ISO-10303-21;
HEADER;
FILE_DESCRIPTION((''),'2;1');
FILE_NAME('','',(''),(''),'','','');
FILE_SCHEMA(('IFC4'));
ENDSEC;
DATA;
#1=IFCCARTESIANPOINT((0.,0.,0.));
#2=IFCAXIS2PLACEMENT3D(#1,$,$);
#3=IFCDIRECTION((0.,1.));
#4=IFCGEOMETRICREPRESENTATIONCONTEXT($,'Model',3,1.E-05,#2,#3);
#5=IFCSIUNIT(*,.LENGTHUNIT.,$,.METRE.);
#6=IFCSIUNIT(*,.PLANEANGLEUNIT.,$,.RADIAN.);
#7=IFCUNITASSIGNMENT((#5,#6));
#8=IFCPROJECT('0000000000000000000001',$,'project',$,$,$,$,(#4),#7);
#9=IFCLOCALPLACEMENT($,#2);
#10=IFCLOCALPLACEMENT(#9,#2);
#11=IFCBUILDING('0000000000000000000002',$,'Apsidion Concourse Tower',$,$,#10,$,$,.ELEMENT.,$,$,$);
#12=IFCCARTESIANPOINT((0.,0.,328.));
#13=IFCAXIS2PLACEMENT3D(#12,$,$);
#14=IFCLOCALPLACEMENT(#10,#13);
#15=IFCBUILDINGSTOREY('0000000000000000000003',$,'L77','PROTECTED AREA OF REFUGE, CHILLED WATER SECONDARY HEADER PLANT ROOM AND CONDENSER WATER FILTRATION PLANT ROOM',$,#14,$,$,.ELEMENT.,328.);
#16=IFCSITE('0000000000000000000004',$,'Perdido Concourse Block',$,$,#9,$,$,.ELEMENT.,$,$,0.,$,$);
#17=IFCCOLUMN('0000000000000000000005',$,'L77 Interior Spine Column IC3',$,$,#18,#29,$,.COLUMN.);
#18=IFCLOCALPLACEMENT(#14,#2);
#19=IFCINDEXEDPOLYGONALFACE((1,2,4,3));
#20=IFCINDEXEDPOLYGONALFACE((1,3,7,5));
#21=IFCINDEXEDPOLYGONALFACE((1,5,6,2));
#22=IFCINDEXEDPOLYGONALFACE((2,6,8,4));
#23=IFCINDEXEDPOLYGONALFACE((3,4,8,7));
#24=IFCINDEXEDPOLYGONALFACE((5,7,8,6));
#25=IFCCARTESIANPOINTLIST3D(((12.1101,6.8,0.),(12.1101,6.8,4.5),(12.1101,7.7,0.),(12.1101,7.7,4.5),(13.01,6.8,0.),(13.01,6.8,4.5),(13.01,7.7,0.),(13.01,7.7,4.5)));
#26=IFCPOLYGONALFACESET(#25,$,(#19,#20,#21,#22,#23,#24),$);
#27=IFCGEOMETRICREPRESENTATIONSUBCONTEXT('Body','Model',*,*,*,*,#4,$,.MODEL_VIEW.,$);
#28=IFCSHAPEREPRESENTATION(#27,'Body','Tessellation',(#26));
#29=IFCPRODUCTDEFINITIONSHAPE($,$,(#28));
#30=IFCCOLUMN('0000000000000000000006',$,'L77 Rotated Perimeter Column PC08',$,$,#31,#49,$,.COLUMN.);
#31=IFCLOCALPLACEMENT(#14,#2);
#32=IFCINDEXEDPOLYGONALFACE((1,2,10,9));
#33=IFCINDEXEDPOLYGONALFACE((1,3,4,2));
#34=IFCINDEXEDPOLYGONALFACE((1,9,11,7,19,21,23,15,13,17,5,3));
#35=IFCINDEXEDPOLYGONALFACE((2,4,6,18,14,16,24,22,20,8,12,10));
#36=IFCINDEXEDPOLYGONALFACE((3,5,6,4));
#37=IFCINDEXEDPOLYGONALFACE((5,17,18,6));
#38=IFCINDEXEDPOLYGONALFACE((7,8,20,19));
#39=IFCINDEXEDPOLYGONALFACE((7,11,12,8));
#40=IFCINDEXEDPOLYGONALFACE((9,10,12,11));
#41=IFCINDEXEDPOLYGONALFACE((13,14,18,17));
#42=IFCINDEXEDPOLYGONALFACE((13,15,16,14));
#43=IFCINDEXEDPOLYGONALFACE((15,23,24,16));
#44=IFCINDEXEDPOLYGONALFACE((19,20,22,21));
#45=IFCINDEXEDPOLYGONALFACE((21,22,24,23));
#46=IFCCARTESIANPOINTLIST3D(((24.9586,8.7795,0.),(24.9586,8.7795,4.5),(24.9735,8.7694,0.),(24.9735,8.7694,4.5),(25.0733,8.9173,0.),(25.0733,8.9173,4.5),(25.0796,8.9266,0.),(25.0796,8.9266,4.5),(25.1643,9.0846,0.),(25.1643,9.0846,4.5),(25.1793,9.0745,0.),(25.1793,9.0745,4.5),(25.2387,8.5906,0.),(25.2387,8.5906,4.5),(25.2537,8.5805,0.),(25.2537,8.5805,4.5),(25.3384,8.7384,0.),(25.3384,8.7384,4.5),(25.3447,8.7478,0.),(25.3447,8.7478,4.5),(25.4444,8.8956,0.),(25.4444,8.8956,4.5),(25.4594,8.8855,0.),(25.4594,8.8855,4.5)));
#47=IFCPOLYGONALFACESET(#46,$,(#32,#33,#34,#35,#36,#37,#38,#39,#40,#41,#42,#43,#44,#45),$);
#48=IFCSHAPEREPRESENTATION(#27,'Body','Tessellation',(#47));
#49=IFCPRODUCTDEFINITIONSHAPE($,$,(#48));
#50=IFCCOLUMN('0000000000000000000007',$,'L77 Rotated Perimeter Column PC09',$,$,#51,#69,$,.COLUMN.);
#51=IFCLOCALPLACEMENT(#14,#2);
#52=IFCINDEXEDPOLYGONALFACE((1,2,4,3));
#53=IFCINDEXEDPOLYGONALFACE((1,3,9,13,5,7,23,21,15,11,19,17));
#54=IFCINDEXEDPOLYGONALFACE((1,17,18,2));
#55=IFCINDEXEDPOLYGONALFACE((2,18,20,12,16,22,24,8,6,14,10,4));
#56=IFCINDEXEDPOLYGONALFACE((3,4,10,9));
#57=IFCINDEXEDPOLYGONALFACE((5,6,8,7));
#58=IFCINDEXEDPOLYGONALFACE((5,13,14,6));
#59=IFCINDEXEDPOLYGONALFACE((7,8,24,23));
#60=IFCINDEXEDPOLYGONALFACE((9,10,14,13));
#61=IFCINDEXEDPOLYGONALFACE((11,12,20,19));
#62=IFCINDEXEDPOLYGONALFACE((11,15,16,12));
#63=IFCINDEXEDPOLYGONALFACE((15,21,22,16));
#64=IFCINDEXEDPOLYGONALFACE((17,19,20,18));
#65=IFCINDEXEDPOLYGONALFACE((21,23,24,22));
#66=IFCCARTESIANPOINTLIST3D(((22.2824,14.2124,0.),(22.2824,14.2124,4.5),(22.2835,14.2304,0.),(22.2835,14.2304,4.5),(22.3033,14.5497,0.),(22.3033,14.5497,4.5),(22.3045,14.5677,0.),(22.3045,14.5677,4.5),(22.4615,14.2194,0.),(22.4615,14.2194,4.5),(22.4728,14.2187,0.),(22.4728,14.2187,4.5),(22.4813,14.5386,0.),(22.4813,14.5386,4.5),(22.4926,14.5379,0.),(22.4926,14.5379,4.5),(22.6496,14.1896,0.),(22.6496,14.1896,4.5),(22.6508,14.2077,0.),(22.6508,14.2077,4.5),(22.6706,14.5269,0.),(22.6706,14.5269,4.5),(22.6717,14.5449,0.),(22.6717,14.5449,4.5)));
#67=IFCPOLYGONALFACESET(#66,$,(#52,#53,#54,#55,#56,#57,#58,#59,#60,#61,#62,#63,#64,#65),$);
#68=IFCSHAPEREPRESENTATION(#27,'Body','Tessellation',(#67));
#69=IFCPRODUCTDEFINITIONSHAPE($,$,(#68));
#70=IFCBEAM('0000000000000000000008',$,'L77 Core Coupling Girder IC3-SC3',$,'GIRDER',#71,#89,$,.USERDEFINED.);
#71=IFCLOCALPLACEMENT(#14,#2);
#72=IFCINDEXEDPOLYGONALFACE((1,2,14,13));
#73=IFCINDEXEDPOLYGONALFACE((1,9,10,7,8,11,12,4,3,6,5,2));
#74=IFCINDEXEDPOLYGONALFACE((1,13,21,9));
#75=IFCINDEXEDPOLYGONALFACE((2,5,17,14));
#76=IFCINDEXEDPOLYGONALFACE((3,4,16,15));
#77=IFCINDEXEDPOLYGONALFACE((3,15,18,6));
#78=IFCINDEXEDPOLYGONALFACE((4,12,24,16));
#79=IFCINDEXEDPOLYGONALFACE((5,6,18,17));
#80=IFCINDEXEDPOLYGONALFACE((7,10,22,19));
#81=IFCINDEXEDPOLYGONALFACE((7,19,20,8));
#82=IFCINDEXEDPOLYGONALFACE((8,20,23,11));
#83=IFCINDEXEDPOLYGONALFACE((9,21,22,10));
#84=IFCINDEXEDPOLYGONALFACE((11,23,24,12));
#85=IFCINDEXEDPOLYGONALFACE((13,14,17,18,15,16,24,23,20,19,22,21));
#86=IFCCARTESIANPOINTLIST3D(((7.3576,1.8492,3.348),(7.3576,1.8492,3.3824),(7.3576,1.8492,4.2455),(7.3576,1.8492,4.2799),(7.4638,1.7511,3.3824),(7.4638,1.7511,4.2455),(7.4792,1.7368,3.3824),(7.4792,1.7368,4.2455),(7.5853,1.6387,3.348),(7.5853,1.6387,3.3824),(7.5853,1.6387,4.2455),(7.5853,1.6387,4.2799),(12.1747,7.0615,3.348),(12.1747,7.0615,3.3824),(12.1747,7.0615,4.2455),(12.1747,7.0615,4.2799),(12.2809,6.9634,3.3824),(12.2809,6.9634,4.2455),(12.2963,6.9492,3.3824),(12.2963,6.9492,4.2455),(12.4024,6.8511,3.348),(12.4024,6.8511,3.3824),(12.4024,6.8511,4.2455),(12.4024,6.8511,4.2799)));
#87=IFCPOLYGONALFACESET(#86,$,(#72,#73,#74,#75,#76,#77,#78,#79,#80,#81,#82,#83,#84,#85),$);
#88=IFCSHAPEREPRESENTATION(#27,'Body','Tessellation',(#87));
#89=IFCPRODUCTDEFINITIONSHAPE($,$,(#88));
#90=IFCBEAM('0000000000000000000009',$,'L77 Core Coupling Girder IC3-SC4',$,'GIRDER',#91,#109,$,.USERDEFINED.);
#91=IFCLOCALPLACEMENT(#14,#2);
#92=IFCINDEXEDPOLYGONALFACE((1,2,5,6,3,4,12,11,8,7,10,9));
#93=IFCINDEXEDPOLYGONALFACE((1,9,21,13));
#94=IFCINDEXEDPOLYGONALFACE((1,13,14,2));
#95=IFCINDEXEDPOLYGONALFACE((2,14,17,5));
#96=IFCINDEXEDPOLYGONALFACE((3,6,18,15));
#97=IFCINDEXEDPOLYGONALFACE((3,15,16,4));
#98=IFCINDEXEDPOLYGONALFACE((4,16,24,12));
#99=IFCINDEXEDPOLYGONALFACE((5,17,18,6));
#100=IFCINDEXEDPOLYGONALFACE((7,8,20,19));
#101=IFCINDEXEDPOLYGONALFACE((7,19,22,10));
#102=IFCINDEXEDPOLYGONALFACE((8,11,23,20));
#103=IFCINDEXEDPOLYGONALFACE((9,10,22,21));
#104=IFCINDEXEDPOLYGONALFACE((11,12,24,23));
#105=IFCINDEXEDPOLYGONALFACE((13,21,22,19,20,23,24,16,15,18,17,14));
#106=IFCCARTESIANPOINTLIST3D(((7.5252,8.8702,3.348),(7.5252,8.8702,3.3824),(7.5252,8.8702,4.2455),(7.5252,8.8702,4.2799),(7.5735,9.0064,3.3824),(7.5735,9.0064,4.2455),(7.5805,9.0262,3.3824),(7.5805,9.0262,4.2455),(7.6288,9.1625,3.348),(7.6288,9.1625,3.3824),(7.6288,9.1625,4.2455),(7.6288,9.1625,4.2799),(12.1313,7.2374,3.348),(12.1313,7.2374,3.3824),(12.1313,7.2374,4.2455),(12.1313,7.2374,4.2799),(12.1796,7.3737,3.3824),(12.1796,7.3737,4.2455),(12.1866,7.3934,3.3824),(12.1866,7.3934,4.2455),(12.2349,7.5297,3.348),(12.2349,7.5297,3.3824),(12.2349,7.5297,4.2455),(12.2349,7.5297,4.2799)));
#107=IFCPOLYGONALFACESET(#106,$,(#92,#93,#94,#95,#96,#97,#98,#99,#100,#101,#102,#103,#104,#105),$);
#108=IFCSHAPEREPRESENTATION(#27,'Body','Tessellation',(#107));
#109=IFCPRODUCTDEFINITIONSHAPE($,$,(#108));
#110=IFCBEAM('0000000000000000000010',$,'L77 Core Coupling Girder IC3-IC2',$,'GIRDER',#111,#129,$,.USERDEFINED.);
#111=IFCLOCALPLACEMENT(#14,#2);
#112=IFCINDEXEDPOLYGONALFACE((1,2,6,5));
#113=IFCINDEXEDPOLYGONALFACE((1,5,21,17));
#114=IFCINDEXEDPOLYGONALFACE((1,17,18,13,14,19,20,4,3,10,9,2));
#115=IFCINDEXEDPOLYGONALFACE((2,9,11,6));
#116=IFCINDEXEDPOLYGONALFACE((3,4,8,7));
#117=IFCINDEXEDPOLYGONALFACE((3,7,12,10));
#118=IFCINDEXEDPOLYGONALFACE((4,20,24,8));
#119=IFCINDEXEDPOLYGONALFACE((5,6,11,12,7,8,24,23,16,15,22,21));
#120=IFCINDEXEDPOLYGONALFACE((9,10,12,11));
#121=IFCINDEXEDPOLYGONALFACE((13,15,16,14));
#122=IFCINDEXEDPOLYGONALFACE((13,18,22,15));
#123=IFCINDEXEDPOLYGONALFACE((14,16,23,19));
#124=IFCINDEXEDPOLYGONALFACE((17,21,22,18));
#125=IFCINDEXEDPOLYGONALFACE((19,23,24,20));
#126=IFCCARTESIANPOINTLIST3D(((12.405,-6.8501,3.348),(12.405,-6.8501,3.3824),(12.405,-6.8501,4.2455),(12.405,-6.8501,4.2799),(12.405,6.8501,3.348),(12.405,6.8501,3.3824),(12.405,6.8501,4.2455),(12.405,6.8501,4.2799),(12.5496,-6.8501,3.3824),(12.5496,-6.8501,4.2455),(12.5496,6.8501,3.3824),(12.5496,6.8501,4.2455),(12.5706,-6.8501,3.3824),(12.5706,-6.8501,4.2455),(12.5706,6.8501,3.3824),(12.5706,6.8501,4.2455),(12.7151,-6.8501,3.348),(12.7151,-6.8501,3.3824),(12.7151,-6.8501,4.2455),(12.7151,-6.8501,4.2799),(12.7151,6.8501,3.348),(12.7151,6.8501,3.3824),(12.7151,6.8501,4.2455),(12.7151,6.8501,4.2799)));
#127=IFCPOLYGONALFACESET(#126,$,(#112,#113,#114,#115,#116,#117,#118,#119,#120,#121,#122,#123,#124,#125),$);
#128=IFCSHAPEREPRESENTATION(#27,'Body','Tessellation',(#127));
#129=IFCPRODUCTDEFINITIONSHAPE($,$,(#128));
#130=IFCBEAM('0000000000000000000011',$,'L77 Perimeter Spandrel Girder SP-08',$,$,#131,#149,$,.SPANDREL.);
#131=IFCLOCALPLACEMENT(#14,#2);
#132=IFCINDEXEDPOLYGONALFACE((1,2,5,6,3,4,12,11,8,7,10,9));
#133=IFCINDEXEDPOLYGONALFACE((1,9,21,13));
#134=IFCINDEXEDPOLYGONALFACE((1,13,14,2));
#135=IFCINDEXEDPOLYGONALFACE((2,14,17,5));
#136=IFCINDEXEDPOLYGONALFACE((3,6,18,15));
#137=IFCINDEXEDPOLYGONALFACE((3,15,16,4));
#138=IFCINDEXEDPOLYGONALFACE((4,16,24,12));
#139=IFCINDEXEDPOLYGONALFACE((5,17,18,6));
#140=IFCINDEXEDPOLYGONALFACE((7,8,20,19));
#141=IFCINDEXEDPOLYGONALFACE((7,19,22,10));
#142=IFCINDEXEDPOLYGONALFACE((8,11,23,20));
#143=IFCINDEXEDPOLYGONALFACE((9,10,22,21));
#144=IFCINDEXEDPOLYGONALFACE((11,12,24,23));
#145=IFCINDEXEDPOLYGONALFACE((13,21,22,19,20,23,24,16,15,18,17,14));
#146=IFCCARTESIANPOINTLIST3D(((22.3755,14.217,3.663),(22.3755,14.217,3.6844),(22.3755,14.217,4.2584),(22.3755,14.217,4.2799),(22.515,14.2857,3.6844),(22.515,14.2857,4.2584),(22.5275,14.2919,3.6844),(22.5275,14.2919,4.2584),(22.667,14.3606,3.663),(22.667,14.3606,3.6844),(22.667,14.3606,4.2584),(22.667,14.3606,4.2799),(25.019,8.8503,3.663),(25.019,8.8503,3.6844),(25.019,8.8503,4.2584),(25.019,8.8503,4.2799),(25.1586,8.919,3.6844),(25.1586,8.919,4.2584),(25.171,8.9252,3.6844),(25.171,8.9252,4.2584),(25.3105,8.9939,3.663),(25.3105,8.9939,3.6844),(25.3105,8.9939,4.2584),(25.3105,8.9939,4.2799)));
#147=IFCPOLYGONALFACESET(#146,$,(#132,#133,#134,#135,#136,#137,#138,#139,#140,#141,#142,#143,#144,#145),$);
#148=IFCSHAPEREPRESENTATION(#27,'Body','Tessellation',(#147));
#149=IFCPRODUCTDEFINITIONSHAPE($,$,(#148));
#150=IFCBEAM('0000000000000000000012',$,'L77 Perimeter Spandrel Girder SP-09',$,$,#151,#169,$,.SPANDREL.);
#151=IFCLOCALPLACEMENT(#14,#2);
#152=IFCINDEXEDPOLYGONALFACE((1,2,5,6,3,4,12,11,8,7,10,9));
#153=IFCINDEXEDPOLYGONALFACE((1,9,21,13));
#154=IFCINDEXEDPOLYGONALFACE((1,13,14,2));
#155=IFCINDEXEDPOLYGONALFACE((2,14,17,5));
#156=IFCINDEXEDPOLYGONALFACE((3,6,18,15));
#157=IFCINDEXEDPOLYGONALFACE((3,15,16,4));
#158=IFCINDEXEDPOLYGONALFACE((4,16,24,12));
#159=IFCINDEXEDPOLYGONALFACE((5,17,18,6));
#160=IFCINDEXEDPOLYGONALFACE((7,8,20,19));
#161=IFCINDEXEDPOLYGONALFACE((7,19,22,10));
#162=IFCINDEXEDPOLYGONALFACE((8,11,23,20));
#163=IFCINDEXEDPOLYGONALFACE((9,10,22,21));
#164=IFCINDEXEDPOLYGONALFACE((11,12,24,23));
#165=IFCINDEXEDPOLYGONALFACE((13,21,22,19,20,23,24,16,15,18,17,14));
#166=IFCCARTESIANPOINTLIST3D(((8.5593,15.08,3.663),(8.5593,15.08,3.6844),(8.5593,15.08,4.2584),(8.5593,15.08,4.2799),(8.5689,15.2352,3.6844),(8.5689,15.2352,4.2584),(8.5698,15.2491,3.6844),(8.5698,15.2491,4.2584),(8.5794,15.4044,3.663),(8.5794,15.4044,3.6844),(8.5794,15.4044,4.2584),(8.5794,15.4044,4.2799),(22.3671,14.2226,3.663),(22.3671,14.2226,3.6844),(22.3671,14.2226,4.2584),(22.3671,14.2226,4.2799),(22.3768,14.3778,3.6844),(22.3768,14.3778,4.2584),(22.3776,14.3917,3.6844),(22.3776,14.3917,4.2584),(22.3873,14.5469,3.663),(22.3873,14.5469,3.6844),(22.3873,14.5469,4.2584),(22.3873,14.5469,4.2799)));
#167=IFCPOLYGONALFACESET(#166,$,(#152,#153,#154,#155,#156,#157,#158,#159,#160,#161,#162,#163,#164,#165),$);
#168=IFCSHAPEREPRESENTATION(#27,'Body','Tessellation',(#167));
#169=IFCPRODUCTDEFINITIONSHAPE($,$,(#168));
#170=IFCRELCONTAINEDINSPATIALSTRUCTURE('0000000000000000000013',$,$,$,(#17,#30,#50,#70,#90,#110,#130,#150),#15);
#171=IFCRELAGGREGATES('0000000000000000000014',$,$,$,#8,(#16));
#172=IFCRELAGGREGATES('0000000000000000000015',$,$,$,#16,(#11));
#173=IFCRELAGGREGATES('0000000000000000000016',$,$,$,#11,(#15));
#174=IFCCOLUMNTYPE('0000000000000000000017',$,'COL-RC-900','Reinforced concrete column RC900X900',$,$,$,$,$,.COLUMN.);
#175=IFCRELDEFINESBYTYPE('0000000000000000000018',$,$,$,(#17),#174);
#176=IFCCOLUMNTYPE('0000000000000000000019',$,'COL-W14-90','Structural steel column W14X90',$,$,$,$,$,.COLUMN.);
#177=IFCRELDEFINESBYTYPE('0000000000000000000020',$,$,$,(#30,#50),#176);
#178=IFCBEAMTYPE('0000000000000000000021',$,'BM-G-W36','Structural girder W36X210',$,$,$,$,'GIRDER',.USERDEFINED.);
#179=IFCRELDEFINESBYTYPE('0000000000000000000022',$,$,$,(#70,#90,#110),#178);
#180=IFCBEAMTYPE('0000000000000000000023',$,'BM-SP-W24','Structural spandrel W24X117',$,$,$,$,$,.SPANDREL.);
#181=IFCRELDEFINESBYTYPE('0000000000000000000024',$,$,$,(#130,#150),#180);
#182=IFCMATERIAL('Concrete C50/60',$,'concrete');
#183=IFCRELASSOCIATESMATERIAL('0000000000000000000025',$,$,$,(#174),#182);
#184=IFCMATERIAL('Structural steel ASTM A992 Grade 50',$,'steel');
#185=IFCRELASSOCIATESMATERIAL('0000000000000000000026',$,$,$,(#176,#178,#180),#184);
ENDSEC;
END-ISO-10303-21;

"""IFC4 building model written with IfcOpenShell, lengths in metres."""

from ifc_helpers import new_model, si_unit, direction, frame, origin, origin_2d, place, context, subcontext, project, spatial, rectangle, i_section, extrude, material, material_profile, profile_set, type_object, element, save


model = new_model("IFC4")

# Units and contexts
model_context = context("Model", 3, precision=1e-05, world=origin(), true_north=direction((0.0, 1.0)))
body_context = subcontext(model_context, "Body", "Model", "MODEL_VIEW")
ifc_project = project(units=[si_unit("LENGTHUNIT", "METRE"), si_unit("PLANEANGLEUNIT", "RADIAN")], contexts=[model_context])

# Site, building, storey
site_placement = place(None, origin())
site = spatial("IfcSite", under=ifc_project, at=site_placement, Name="Perdido Concourse Block", CompositionType="ELEMENT", RefElevation=0.0)
building_placement = place(site_placement, origin())
building = spatial("IfcBuilding", under=site, at=building_placement, Name="Apsidion Concourse Tower", CompositionType="ELEMENT")
storey_placement = place(building_placement, frame((0.0, 0.0, 328.0)))
storey = spatial("IfcBuildingStorey", under=building, at=storey_placement, Name="L77", Description="PROTECTED AREA OF REFUGE, CHILLED WATER SECONDARY HEADER PLANT ROOM AND CONDENSER WATER FILTRATION PLANT ROOM", CompositionType="ELEMENT", Elevation=328.0)

# Columns
ifc_material_1 = material(Name="Concrete C50/60", Category="concrete")
ifc_material_profile_1 = material_profile(ifc_material_1, rectangle(XDim=0.8999, YDim=0.8999, at=origin_2d()), Name="RC 900x900")
ifc_profile_set_1 = profile_set([ifc_material_profile_1], Name="Concrete C50/60")
column_type_1 = type_object("IfcColumnType", Name="COL-RC-900", Description="Reinforced concrete column RC900X900", PredefinedType="COLUMN", material=ifc_profile_set_1)
column_placement = place(storey_placement, frame((12.5601, 7.25, 0.0), z_axis=(0.0, 0.0, 1.0), x_axis=(1.0, 0.0, 0.0)))
element("IfcColumn", 1, at=column_placement, inside=storey, type_object=column_type_1, Name="L77 Interior Spine Column IC3", PredefinedType="COLUMN", context=body_context, shape_type="SweptSolid", body=[
    extrude(rectangle(XDim=0.8999, YDim=0.8999, at=origin_2d()), origin(), (0.0, 0.0, 1.0), 4.5),
])
ifc_material_2 = material(Name="Structural steel ASTM A992 Grade 50", Category="steel")
ifc_material_profile_2 = material_profile(ifc_material_2, i_section(OverallWidth=0.3679, OverallDepth=0.356, WebThickness=0.0112, FlangeThickness=0.0181, at=origin_2d()), Name="W14X90")
ifc_profile_set_2 = profile_set([ifc_material_profile_2], Name="Structural steel ASTM A992 Grade 50")
column_type_2 = type_object("IfcColumnType", Name="COL-W14-90", Description="Structural steel column W14X90", PredefinedType="COLUMN", material=ifc_profile_set_2)
for number, where, z_axis, x_axis, name in (
    (2, (25.209, 8.8325, 0.0), (0.0, 0.0, 1.0), (0.559193, 0.829038, 0.0), "L77 Rotated Perimeter Column PC08"),
    (3, (22.4771, 14.3787, 0.0), (0.0, 0.0, 1.0), (-0.998081, 0.06192, 0.0), "L77 Rotated Perimeter Column PC09"),
):
    element("IfcColumn", number, at=place(storey_placement, frame(where, z_axis=z_axis, x_axis=x_axis)), inside=storey, type_object=column_type_2, Name=name, PredefinedType="COLUMN", context=body_context, shape_type="SweptSolid", body=[
        extrude(i_section(OverallWidth=0.3679, OverallDepth=0.356, WebThickness=0.0112, FlangeThickness=0.0181, at=origin_2d()), origin(), (0.0, 0.0, 1.0), 4.5),
    ])

# Beams
ifc_material_profile_3 = material_profile(ifc_material_2, i_section(OverallWidth=0.3101, OverallDepth=0.9319, WebThickness=0.021, FlangeThickness=0.0344, at=origin_2d()), Name="W36X210")
ifc_profile_set_3 = profile_set([ifc_material_profile_3], Name="Structural steel ASTM A992 Grade 50")
beam_type_1 = type_object("IfcBeamType", Name="BM-G-W36", Description="Structural girder W36X210", ElementType="GIRDER", PredefinedType="USERDEFINED", material=ifc_profile_set_3)
beam_1_placement = place(storey_placement, frame((12.2886, 6.9563, 3.814), z_axis=(-0.678713, -0.734404, 0.0), x_axis=(0.734404, -0.678713, 0.0)))
element("IfcBeam", 4, at=beam_1_placement, inside=storey, type_object=beam_type_1, Name="L77 Core Coupling Girder IC3-SC3", ObjectType="GIRDER", PredefinedType="USERDEFINED", context=body_context, shape_type="SweptSolid", body=[
    extrude(i_section(OverallWidth=0.3101, OverallDepth=0.9319, WebThickness=0.021, FlangeThickness=0.0344, at=origin_2d()), origin(), (0.0, 0.0, 1.0), 7.0974),
])
beam_2_placement = place(storey_placement, frame((12.1831, 7.3835, 3.814), z_axis=(-0.942534, 0.334111, 0.0), x_axis=(-0.334111, -0.942534, 0.0)))
element("IfcBeam", 5, at=beam_2_placement, inside=storey, type_object=beam_type_1, Name="L77 Core Coupling Girder IC3-SC4", ObjectType="GIRDER", PredefinedType="USERDEFINED", context=body_context, shape_type="SweptSolid", body=[
    extrude(i_section(OverallWidth=0.3101, OverallDepth=0.9319, WebThickness=0.021, FlangeThickness=0.0344, at=origin_2d()), origin(), (0.0, 0.0, 1.0), 4.887),
])
beam_3_placement = place(storey_placement, frame((12.5601, 6.8501, 3.814), z_axis=(0.0, -1.0, 0.0), x_axis=(1.0, 0.0, 0.0)))
element("IfcBeam", 6, at=beam_3_placement, inside=storey, type_object=beam_type_1, Name="L77 Core Coupling Girder IC3-IC2", ObjectType="GIRDER", PredefinedType="USERDEFINED", context=body_context, shape_type="SweptSolid", body=[
    extrude(i_section(OverallWidth=0.3101, OverallDepth=0.9319, WebThickness=0.021, FlangeThickness=0.0344, at=origin_2d()), origin(), (0.0, 0.0, 1.0), 13.7002),
])
ifc_material_profile_4 = material_profile(ifc_material_2, i_section(OverallWidth=0.325, OverallDepth=0.6169, WebThickness=0.0139, FlangeThickness=0.0215, at=origin_2d()), Name="W24X117")
ifc_profile_set_4 = profile_set([ifc_material_profile_4], Name="Structural steel ASTM A992 Grade 50")
beam_type_2 = type_object("IfcBeamType", Name="BM-SP-W24", Description="Structural spandrel W24X117", PredefinedType="SPANDREL", material=ifc_profile_set_4)
beam_4_placement = place(storey_placement, frame((25.1648, 8.9221, 3.9714), z_axis=(-0.441884, 0.897072, 0.0), x_axis=(-0.897072, -0.441884, 0.0)))
element("IfcBeam", 7, at=beam_4_placement, inside=storey, type_object=beam_type_2, Name="L77 Perimeter Spandrel Girder SP-08", PredefinedType="SPANDREL", context=body_context, shape_type="SweptSolid", body=[
    extrude(i_section(OverallWidth=0.325, OverallDepth=0.6169, WebThickness=0.0139, FlangeThickness=0.0215, at=origin_2d()), origin(), (0.0, 0.0, 1.0), 5.9824),
])
beam_5_placement = place(storey_placement, frame((22.3772, 14.3848, 3.9714), z_axis=(-0.998078, 0.061977, 0.0), x_axis=(-0.061977, -0.998078, 0.0)))
element("IfcBeam", 8, at=beam_5_placement, inside=storey, type_object=beam_type_2, Name="L77 Perimeter Spandrel Girder SP-09", PredefinedType="SPANDREL", context=body_context, shape_type="SweptSolid", body=[
    extrude(i_section(OverallWidth=0.325, OverallDepth=0.6169, WebThickness=0.0139, FlangeThickness=0.0215, at=origin_2d()), origin(), (0.0, 0.0, 1.0), 13.8345),
])

save(model, "model.ifc")
